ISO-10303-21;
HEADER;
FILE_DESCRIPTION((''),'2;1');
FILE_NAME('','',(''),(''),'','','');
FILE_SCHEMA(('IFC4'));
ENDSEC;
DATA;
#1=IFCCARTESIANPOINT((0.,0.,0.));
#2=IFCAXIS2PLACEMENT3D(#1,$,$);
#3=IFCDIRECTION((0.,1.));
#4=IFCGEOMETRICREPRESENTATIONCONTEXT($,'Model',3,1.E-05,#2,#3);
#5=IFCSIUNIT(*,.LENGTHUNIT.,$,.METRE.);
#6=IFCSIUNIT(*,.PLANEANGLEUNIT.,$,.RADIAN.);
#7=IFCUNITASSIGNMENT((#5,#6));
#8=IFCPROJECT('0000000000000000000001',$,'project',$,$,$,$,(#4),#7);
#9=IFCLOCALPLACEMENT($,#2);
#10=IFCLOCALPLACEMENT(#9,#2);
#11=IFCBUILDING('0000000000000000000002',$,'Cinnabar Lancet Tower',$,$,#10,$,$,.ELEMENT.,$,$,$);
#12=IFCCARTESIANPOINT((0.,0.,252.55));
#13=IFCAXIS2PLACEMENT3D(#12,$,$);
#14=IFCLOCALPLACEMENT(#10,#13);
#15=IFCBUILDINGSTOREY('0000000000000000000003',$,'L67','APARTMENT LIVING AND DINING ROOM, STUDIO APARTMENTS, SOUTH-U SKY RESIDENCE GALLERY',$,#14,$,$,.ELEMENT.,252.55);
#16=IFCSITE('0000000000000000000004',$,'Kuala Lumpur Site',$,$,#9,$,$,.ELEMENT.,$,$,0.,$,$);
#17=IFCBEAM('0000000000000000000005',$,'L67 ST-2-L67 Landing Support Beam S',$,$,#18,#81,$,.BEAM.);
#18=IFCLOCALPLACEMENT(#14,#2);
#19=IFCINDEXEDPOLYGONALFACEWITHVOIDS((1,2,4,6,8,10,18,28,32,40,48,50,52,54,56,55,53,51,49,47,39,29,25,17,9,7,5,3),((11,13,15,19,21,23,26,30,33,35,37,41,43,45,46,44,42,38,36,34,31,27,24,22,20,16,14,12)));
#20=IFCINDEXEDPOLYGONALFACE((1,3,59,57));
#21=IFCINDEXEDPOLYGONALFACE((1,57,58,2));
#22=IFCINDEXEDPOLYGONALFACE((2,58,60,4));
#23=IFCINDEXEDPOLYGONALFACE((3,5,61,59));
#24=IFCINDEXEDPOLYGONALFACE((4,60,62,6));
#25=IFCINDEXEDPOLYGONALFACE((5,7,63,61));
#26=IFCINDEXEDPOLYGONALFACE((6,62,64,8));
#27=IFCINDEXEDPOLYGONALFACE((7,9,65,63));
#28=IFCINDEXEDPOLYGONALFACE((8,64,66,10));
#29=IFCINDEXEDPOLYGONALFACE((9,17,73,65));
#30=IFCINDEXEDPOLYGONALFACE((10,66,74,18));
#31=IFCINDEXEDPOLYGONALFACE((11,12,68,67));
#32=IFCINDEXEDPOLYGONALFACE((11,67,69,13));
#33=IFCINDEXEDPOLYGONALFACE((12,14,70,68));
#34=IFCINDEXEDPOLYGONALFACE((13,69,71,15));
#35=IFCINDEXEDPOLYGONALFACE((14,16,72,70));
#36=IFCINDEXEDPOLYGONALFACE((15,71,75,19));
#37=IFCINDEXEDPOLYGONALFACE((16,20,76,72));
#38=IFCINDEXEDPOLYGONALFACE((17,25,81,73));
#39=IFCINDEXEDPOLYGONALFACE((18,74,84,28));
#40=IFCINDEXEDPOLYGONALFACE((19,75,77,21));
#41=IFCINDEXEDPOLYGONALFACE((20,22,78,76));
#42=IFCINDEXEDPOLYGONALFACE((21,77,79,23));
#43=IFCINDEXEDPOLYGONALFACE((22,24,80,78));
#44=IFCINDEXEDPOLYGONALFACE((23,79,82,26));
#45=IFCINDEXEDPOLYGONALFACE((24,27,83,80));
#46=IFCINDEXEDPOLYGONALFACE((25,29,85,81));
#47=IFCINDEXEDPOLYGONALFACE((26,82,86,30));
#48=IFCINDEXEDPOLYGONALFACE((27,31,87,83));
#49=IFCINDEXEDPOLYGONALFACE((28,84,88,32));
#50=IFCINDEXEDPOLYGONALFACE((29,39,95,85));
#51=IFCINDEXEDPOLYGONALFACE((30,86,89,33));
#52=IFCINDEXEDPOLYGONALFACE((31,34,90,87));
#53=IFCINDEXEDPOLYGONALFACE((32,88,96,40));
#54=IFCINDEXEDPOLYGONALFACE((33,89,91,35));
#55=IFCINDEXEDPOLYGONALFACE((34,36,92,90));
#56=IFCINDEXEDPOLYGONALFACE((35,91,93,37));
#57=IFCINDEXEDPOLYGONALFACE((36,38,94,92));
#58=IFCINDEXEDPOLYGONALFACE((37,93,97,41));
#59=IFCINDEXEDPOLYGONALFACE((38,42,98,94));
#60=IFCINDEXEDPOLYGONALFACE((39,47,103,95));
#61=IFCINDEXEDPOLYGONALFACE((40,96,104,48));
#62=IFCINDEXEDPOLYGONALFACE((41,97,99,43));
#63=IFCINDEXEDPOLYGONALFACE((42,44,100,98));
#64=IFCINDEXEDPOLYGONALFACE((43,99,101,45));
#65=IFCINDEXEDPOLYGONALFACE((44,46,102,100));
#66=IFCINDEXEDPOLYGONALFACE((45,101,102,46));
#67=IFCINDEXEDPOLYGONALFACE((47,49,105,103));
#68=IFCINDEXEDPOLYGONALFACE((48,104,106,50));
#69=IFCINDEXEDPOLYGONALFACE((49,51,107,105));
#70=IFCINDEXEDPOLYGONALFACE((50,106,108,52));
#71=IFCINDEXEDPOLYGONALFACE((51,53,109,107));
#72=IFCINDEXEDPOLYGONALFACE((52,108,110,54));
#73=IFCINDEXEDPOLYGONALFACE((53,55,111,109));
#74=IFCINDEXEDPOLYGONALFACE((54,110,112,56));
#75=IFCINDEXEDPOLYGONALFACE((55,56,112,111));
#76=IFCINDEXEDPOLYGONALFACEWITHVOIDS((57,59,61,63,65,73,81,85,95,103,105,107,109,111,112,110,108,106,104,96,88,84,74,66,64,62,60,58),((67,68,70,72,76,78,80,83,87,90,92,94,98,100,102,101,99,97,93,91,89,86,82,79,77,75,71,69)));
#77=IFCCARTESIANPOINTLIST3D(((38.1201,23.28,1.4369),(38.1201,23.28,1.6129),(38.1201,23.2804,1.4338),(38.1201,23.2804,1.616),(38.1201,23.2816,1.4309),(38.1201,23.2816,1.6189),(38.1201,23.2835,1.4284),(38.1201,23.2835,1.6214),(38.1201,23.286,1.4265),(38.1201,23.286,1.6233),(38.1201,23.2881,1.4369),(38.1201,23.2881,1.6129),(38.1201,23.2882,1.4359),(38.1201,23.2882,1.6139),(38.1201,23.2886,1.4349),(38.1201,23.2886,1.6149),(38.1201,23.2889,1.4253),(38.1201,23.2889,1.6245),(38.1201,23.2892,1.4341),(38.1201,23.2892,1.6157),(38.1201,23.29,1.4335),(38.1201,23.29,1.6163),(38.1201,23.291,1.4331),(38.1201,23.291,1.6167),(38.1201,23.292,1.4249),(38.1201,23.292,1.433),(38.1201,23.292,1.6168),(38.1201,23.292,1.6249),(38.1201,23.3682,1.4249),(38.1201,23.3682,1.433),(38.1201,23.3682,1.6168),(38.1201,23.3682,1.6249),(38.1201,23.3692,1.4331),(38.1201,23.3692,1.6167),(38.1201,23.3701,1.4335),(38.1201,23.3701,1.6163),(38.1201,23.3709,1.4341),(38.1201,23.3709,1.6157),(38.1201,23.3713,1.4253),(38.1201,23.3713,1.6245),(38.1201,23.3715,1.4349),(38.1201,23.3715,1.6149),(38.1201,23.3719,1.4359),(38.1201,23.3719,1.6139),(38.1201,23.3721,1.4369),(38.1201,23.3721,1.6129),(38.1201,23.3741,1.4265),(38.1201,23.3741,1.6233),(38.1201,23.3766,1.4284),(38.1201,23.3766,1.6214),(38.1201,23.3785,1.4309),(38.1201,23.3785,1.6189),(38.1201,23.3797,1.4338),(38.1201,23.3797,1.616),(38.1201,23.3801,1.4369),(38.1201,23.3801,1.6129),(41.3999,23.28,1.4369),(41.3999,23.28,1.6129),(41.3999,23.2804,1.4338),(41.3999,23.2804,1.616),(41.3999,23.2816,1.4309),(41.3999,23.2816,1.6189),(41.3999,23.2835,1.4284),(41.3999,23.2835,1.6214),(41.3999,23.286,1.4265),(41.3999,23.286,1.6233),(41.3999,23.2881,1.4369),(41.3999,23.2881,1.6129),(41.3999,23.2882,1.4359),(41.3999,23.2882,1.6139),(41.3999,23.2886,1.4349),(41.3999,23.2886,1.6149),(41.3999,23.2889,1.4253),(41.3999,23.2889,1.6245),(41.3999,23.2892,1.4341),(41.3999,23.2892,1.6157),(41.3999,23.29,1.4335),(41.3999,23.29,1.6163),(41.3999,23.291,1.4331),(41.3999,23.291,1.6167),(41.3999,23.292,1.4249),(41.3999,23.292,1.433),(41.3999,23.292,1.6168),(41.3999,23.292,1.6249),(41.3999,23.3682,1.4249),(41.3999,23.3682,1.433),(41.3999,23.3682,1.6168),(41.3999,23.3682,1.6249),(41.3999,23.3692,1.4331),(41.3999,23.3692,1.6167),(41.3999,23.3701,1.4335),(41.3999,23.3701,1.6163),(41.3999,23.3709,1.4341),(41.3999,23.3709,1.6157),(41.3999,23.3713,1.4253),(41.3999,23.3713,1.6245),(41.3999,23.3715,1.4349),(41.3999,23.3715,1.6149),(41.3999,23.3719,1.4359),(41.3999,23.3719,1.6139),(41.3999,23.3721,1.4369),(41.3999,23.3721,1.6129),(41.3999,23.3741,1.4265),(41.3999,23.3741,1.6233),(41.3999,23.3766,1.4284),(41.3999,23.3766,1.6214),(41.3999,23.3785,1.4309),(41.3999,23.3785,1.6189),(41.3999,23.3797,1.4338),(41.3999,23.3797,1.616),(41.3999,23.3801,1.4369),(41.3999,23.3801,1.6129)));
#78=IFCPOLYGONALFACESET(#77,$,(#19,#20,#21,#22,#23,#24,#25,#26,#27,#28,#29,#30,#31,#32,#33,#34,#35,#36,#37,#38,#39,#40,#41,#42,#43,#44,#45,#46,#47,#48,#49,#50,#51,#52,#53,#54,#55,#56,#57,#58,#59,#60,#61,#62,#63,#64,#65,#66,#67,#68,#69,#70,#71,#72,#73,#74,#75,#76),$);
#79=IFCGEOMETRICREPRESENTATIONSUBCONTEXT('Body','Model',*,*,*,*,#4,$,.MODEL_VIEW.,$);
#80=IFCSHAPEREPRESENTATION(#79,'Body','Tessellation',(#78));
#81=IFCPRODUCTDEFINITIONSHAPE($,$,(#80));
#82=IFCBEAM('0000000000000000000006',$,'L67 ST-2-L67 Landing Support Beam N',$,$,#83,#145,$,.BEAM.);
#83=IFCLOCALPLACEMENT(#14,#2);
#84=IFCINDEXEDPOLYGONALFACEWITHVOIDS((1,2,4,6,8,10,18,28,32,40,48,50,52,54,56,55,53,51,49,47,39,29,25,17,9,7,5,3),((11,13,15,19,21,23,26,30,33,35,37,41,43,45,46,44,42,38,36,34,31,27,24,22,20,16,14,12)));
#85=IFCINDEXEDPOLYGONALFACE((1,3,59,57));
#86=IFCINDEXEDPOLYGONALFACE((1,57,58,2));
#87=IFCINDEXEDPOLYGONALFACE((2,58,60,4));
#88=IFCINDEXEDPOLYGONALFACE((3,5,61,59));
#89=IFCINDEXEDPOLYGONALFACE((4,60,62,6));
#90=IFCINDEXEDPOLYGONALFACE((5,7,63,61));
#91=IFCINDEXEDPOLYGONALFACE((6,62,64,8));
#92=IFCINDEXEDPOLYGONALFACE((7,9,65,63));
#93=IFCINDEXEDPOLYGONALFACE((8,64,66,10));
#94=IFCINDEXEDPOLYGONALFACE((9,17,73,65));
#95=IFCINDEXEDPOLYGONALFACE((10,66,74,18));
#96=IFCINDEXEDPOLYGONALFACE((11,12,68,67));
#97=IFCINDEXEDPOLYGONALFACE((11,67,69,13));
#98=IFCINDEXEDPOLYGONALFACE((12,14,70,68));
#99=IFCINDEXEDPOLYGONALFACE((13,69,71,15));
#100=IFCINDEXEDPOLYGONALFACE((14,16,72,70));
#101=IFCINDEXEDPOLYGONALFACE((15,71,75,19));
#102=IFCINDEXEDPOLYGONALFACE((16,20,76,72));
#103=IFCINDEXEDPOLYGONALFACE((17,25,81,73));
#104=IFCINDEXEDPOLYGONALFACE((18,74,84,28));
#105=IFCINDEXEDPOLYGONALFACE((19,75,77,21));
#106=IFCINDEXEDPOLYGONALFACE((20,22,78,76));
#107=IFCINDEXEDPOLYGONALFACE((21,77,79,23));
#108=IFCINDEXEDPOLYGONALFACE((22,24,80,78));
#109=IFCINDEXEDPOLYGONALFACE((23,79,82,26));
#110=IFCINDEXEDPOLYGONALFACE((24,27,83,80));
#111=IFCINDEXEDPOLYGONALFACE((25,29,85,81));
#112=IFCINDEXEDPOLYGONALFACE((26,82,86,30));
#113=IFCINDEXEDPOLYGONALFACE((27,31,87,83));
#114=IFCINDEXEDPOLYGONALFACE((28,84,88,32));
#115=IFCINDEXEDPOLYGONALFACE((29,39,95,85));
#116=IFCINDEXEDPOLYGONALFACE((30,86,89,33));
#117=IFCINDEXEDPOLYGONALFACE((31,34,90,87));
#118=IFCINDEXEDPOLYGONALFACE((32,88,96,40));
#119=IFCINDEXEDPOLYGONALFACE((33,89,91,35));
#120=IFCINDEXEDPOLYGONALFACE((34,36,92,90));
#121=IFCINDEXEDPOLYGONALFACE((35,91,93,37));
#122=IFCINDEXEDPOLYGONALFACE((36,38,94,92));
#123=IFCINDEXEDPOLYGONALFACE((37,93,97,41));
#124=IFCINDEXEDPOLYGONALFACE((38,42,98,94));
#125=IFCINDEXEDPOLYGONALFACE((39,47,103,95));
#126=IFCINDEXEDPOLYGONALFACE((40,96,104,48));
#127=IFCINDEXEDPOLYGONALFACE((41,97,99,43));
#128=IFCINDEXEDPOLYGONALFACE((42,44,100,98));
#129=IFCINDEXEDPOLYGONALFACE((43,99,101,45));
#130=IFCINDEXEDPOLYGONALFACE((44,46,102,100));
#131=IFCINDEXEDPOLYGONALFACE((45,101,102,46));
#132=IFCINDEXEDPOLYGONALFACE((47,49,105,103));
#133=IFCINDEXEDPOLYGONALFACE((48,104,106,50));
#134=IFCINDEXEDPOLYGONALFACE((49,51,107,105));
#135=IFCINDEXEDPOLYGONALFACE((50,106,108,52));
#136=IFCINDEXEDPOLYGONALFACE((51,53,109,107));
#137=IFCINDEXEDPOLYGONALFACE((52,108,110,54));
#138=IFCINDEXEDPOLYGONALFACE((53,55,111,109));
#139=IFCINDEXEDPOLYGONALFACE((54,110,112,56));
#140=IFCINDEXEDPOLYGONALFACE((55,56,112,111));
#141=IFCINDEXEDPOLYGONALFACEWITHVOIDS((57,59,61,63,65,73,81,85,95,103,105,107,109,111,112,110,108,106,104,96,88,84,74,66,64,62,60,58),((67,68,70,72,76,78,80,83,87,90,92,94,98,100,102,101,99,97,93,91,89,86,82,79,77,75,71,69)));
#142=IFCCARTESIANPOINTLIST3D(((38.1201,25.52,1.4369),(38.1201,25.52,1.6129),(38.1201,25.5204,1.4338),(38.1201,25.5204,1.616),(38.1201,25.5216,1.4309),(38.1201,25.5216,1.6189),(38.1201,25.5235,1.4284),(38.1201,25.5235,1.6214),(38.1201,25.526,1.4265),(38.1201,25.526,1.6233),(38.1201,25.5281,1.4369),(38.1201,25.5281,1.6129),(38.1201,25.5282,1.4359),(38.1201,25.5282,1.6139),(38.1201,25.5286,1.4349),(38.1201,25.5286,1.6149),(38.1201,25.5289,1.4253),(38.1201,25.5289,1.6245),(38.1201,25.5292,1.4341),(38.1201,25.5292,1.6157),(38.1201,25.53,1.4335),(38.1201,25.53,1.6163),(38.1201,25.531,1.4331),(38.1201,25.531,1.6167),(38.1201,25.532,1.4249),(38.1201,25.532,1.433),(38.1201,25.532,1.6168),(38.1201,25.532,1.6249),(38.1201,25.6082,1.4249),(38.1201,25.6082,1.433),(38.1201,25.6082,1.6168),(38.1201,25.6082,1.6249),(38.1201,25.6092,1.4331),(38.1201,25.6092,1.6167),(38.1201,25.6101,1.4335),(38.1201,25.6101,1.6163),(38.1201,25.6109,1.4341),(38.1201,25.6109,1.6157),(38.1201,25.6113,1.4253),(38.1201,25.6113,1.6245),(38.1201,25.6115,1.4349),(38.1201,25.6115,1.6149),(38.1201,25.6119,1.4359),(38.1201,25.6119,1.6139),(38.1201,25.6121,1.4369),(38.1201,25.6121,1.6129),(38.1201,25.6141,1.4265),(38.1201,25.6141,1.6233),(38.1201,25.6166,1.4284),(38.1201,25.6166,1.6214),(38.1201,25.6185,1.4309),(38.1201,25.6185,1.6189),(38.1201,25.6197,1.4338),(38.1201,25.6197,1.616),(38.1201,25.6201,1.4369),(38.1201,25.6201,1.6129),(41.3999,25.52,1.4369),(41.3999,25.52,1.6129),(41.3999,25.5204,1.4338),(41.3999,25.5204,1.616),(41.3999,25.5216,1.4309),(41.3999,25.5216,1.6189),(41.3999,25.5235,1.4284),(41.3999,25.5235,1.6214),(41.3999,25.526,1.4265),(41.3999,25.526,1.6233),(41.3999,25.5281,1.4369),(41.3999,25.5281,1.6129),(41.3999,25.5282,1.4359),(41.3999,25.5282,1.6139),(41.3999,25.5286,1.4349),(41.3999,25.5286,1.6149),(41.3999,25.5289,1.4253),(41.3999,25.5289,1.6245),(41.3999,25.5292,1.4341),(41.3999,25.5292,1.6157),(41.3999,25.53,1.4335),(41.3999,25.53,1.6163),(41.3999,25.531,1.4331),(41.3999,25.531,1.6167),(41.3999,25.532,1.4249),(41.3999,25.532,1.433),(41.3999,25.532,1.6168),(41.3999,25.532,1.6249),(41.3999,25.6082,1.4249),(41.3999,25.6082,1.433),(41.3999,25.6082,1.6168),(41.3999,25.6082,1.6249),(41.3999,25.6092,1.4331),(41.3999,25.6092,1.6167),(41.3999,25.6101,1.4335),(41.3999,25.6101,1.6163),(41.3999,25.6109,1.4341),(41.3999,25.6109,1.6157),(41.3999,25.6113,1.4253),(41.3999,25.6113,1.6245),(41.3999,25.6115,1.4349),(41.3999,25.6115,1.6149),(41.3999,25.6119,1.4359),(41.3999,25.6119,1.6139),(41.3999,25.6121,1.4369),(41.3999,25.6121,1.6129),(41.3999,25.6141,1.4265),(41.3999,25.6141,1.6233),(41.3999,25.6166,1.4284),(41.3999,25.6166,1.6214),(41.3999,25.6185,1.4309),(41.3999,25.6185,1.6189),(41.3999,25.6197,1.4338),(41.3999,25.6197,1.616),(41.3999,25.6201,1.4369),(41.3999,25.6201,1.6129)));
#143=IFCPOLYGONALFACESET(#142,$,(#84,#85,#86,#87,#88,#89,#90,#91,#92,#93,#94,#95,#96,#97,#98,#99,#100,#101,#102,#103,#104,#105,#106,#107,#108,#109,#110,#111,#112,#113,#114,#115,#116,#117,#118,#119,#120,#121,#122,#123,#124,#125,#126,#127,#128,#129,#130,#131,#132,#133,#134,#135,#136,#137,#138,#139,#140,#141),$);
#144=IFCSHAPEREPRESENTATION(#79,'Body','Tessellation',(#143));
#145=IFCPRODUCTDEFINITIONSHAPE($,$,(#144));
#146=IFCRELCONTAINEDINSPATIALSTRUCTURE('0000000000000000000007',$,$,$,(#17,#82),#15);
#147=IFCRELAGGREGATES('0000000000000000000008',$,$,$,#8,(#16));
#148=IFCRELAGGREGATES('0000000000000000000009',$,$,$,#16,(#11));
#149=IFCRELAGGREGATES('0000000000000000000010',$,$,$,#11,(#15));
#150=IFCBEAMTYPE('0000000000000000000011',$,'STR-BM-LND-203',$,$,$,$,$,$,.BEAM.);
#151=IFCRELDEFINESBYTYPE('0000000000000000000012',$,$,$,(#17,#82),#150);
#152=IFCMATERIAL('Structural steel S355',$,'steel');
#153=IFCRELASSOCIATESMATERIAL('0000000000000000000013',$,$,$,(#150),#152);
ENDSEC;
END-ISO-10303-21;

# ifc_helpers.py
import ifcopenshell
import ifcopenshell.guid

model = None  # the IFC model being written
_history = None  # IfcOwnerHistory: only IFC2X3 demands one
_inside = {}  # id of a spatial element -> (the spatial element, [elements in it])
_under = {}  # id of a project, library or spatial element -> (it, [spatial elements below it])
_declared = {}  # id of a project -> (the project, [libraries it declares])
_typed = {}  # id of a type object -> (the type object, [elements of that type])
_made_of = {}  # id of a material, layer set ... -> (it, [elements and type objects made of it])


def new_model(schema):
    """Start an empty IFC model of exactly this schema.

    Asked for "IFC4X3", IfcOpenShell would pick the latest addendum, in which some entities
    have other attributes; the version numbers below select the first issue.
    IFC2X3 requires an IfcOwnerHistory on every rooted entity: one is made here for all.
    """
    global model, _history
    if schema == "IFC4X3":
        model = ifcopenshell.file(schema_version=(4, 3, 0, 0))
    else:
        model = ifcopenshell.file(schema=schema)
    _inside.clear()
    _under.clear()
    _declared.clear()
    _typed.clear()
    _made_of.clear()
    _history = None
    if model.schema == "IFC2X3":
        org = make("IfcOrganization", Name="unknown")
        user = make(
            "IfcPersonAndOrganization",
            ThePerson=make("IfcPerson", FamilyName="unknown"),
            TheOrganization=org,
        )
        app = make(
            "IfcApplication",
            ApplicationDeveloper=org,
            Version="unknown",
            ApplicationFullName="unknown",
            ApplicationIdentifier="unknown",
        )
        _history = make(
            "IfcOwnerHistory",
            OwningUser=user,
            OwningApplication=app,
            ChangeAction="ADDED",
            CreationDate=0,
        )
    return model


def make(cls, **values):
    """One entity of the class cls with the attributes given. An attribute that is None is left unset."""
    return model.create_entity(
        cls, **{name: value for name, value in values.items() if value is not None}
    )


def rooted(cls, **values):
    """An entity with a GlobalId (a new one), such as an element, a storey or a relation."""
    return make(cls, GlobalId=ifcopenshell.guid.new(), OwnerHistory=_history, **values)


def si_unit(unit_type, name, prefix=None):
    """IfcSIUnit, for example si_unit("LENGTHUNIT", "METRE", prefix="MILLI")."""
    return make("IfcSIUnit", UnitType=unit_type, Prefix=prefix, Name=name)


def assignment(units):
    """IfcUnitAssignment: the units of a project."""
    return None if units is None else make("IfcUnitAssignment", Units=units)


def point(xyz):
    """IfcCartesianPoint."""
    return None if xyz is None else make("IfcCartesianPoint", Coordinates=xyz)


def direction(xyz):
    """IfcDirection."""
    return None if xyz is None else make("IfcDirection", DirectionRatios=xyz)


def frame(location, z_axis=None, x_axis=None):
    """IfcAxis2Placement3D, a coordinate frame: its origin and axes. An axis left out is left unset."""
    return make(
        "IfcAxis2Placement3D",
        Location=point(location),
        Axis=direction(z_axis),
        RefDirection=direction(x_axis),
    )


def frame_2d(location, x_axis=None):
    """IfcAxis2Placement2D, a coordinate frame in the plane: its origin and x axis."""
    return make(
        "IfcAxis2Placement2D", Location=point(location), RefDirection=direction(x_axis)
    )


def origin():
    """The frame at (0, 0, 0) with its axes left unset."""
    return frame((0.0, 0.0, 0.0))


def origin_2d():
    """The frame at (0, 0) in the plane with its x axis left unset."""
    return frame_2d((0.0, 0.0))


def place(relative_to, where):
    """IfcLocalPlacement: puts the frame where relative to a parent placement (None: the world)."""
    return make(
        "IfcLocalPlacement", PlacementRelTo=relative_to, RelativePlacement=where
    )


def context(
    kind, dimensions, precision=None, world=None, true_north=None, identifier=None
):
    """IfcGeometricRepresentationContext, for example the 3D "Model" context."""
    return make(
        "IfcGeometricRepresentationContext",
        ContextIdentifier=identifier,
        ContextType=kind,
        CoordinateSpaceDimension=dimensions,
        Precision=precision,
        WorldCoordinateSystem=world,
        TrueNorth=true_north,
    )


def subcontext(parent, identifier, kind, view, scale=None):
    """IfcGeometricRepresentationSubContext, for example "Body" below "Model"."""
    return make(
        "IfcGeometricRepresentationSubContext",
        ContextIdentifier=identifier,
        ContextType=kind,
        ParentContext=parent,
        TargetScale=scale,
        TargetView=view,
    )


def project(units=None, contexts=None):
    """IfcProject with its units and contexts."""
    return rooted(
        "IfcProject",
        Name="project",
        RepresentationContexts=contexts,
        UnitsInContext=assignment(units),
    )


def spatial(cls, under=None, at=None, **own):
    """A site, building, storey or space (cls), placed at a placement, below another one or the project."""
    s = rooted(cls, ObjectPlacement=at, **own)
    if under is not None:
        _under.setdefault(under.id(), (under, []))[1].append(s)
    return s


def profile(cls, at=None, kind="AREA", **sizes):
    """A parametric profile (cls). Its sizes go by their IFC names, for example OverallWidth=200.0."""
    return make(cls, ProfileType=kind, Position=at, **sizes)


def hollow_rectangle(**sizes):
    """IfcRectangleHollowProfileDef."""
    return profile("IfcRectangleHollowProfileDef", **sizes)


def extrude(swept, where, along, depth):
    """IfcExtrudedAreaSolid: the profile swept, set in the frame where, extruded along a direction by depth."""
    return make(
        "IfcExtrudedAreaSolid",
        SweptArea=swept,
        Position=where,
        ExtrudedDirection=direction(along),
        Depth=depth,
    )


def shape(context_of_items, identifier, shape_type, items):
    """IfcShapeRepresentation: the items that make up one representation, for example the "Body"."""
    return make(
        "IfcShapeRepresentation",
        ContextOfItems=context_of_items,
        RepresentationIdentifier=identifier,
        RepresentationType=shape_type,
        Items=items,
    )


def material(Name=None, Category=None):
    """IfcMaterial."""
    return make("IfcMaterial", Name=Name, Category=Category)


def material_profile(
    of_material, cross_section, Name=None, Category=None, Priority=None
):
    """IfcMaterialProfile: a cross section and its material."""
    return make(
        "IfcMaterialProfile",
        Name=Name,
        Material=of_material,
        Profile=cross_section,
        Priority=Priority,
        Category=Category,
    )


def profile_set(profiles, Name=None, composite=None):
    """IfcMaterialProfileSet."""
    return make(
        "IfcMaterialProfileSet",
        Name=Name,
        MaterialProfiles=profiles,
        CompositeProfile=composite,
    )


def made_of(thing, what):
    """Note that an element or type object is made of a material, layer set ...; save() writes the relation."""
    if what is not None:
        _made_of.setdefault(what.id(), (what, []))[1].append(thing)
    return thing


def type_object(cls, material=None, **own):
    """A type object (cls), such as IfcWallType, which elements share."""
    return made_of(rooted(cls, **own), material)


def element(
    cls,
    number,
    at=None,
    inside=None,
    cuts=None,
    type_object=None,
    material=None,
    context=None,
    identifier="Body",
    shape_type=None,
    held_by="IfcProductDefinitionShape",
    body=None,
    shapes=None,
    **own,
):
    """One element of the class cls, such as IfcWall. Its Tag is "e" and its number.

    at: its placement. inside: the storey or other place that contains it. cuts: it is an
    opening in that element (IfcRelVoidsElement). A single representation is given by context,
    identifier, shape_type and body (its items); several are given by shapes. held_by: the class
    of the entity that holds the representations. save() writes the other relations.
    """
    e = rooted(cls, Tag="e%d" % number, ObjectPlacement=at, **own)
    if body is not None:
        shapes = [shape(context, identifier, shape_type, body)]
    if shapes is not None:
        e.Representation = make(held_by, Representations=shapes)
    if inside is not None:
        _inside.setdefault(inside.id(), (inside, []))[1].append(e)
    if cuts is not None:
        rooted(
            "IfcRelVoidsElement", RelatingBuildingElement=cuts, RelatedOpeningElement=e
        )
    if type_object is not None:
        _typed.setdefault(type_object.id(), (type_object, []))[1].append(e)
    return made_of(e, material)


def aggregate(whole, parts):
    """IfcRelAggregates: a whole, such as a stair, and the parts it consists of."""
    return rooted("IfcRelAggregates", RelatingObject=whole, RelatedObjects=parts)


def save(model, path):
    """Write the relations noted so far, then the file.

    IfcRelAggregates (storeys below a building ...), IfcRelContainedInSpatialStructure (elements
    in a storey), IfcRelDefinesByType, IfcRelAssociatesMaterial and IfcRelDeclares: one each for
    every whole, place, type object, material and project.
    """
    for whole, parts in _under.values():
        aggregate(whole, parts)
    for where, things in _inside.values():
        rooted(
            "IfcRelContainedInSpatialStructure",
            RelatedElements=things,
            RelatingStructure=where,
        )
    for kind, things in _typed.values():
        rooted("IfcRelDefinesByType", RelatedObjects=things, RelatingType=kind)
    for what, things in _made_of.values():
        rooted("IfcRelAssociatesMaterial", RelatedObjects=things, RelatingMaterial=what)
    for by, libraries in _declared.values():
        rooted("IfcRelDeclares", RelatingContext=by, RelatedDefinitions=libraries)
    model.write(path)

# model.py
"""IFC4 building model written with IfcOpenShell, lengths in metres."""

from ifc_helpers import new_model, si_unit, direction, frame, origin, origin_2d, place, context, subcontext, project, spatial, hollow_rectangle, extrude, material, material_profile, profile_set, type_object, element, save


model = new_model("IFC4")

# Units and contexts
model_context = context("Model", 3, precision=1e-05, world=origin(), true_north=direction((0.0, 1.0)))
body_context = subcontext(model_context, "Body", "Model", "MODEL_VIEW")
ifc_project = project(units=[si_unit("LENGTHUNIT", "METRE"), si_unit("PLANEANGLEUNIT", "RADIAN")], contexts=[model_context])

# Site, building, storey
site_placement = place(None, origin())
site = spatial("IfcSite", under=ifc_project, at=site_placement, Name="Kuala Lumpur Site", CompositionType="ELEMENT", RefElevation=0.0)
building_placement = place(site_placement, origin())
building = spatial("IfcBuilding", under=site, at=building_placement, Name="Cinnabar Lancet Tower", CompositionType="ELEMENT")
storey_placement = place(building_placement, frame((0.0, 0.0, 252.55)))
storey = spatial("IfcBuildingStorey", under=building, at=storey_placement, Name="L67", Description="APARTMENT LIVING AND DINING ROOM, STUDIO APARTMENTS, SOUTH-U SKY RESIDENCE GALLERY", CompositionType="ELEMENT", Elevation=252.55)

# Beams
ifc_material_1 = material(Name="Structural steel S355", Category="steel")
ifc_material_profile_1 = material_profile(ifc_material_1, hollow_rectangle(XDim=0.1001, YDim=0.2, WallThickness=0.0081, InnerFilletRadius=0.0039, OuterFilletRadius=0.012, at=origin_2d()), Name="RHS 200x100x8")
ifc_profile_set_1 = profile_set([ifc_material_profile_1], Name="Structural steel S355")
beam_type_1 = type_object("IfcBeamType", Name="STR-BM-LND-203", PredefinedType="BEAM", material=ifc_profile_set_1)
for number, where, z_axis, x_axis, name in (
    (1, (38.1201, 23.3301, 1.5249), (1.0, 0.0, 0.0), (0.0, 1.0, 0.0), "L67 ST-2-L67 Landing Support Beam S"),
    (2, (38.1201, 25.5701, 1.5249), (1.0, 0.0, 0.0), (0.0, 1.0, 0.0), "L67 ST-2-L67 Landing Support Beam N"),
):
    element("IfcBeam", number, at=place(storey_placement, frame(where, z_axis=z_axis, x_axis=x_axis)), inside=storey, type_object=beam_type_1, Name=name, PredefinedType="BEAM", context=body_context, shape_type="SweptSolid", body=[
        extrude(hollow_rectangle(XDim=0.1001, YDim=0.2, WallThickness=0.0081, InnerFilletRadius=0.0039, OuterFilletRadius=0.012, at=origin_2d()), origin(), (0.0, 0.0, 1.0), 3.2798),
    ])

save(model, "model.ifc")
